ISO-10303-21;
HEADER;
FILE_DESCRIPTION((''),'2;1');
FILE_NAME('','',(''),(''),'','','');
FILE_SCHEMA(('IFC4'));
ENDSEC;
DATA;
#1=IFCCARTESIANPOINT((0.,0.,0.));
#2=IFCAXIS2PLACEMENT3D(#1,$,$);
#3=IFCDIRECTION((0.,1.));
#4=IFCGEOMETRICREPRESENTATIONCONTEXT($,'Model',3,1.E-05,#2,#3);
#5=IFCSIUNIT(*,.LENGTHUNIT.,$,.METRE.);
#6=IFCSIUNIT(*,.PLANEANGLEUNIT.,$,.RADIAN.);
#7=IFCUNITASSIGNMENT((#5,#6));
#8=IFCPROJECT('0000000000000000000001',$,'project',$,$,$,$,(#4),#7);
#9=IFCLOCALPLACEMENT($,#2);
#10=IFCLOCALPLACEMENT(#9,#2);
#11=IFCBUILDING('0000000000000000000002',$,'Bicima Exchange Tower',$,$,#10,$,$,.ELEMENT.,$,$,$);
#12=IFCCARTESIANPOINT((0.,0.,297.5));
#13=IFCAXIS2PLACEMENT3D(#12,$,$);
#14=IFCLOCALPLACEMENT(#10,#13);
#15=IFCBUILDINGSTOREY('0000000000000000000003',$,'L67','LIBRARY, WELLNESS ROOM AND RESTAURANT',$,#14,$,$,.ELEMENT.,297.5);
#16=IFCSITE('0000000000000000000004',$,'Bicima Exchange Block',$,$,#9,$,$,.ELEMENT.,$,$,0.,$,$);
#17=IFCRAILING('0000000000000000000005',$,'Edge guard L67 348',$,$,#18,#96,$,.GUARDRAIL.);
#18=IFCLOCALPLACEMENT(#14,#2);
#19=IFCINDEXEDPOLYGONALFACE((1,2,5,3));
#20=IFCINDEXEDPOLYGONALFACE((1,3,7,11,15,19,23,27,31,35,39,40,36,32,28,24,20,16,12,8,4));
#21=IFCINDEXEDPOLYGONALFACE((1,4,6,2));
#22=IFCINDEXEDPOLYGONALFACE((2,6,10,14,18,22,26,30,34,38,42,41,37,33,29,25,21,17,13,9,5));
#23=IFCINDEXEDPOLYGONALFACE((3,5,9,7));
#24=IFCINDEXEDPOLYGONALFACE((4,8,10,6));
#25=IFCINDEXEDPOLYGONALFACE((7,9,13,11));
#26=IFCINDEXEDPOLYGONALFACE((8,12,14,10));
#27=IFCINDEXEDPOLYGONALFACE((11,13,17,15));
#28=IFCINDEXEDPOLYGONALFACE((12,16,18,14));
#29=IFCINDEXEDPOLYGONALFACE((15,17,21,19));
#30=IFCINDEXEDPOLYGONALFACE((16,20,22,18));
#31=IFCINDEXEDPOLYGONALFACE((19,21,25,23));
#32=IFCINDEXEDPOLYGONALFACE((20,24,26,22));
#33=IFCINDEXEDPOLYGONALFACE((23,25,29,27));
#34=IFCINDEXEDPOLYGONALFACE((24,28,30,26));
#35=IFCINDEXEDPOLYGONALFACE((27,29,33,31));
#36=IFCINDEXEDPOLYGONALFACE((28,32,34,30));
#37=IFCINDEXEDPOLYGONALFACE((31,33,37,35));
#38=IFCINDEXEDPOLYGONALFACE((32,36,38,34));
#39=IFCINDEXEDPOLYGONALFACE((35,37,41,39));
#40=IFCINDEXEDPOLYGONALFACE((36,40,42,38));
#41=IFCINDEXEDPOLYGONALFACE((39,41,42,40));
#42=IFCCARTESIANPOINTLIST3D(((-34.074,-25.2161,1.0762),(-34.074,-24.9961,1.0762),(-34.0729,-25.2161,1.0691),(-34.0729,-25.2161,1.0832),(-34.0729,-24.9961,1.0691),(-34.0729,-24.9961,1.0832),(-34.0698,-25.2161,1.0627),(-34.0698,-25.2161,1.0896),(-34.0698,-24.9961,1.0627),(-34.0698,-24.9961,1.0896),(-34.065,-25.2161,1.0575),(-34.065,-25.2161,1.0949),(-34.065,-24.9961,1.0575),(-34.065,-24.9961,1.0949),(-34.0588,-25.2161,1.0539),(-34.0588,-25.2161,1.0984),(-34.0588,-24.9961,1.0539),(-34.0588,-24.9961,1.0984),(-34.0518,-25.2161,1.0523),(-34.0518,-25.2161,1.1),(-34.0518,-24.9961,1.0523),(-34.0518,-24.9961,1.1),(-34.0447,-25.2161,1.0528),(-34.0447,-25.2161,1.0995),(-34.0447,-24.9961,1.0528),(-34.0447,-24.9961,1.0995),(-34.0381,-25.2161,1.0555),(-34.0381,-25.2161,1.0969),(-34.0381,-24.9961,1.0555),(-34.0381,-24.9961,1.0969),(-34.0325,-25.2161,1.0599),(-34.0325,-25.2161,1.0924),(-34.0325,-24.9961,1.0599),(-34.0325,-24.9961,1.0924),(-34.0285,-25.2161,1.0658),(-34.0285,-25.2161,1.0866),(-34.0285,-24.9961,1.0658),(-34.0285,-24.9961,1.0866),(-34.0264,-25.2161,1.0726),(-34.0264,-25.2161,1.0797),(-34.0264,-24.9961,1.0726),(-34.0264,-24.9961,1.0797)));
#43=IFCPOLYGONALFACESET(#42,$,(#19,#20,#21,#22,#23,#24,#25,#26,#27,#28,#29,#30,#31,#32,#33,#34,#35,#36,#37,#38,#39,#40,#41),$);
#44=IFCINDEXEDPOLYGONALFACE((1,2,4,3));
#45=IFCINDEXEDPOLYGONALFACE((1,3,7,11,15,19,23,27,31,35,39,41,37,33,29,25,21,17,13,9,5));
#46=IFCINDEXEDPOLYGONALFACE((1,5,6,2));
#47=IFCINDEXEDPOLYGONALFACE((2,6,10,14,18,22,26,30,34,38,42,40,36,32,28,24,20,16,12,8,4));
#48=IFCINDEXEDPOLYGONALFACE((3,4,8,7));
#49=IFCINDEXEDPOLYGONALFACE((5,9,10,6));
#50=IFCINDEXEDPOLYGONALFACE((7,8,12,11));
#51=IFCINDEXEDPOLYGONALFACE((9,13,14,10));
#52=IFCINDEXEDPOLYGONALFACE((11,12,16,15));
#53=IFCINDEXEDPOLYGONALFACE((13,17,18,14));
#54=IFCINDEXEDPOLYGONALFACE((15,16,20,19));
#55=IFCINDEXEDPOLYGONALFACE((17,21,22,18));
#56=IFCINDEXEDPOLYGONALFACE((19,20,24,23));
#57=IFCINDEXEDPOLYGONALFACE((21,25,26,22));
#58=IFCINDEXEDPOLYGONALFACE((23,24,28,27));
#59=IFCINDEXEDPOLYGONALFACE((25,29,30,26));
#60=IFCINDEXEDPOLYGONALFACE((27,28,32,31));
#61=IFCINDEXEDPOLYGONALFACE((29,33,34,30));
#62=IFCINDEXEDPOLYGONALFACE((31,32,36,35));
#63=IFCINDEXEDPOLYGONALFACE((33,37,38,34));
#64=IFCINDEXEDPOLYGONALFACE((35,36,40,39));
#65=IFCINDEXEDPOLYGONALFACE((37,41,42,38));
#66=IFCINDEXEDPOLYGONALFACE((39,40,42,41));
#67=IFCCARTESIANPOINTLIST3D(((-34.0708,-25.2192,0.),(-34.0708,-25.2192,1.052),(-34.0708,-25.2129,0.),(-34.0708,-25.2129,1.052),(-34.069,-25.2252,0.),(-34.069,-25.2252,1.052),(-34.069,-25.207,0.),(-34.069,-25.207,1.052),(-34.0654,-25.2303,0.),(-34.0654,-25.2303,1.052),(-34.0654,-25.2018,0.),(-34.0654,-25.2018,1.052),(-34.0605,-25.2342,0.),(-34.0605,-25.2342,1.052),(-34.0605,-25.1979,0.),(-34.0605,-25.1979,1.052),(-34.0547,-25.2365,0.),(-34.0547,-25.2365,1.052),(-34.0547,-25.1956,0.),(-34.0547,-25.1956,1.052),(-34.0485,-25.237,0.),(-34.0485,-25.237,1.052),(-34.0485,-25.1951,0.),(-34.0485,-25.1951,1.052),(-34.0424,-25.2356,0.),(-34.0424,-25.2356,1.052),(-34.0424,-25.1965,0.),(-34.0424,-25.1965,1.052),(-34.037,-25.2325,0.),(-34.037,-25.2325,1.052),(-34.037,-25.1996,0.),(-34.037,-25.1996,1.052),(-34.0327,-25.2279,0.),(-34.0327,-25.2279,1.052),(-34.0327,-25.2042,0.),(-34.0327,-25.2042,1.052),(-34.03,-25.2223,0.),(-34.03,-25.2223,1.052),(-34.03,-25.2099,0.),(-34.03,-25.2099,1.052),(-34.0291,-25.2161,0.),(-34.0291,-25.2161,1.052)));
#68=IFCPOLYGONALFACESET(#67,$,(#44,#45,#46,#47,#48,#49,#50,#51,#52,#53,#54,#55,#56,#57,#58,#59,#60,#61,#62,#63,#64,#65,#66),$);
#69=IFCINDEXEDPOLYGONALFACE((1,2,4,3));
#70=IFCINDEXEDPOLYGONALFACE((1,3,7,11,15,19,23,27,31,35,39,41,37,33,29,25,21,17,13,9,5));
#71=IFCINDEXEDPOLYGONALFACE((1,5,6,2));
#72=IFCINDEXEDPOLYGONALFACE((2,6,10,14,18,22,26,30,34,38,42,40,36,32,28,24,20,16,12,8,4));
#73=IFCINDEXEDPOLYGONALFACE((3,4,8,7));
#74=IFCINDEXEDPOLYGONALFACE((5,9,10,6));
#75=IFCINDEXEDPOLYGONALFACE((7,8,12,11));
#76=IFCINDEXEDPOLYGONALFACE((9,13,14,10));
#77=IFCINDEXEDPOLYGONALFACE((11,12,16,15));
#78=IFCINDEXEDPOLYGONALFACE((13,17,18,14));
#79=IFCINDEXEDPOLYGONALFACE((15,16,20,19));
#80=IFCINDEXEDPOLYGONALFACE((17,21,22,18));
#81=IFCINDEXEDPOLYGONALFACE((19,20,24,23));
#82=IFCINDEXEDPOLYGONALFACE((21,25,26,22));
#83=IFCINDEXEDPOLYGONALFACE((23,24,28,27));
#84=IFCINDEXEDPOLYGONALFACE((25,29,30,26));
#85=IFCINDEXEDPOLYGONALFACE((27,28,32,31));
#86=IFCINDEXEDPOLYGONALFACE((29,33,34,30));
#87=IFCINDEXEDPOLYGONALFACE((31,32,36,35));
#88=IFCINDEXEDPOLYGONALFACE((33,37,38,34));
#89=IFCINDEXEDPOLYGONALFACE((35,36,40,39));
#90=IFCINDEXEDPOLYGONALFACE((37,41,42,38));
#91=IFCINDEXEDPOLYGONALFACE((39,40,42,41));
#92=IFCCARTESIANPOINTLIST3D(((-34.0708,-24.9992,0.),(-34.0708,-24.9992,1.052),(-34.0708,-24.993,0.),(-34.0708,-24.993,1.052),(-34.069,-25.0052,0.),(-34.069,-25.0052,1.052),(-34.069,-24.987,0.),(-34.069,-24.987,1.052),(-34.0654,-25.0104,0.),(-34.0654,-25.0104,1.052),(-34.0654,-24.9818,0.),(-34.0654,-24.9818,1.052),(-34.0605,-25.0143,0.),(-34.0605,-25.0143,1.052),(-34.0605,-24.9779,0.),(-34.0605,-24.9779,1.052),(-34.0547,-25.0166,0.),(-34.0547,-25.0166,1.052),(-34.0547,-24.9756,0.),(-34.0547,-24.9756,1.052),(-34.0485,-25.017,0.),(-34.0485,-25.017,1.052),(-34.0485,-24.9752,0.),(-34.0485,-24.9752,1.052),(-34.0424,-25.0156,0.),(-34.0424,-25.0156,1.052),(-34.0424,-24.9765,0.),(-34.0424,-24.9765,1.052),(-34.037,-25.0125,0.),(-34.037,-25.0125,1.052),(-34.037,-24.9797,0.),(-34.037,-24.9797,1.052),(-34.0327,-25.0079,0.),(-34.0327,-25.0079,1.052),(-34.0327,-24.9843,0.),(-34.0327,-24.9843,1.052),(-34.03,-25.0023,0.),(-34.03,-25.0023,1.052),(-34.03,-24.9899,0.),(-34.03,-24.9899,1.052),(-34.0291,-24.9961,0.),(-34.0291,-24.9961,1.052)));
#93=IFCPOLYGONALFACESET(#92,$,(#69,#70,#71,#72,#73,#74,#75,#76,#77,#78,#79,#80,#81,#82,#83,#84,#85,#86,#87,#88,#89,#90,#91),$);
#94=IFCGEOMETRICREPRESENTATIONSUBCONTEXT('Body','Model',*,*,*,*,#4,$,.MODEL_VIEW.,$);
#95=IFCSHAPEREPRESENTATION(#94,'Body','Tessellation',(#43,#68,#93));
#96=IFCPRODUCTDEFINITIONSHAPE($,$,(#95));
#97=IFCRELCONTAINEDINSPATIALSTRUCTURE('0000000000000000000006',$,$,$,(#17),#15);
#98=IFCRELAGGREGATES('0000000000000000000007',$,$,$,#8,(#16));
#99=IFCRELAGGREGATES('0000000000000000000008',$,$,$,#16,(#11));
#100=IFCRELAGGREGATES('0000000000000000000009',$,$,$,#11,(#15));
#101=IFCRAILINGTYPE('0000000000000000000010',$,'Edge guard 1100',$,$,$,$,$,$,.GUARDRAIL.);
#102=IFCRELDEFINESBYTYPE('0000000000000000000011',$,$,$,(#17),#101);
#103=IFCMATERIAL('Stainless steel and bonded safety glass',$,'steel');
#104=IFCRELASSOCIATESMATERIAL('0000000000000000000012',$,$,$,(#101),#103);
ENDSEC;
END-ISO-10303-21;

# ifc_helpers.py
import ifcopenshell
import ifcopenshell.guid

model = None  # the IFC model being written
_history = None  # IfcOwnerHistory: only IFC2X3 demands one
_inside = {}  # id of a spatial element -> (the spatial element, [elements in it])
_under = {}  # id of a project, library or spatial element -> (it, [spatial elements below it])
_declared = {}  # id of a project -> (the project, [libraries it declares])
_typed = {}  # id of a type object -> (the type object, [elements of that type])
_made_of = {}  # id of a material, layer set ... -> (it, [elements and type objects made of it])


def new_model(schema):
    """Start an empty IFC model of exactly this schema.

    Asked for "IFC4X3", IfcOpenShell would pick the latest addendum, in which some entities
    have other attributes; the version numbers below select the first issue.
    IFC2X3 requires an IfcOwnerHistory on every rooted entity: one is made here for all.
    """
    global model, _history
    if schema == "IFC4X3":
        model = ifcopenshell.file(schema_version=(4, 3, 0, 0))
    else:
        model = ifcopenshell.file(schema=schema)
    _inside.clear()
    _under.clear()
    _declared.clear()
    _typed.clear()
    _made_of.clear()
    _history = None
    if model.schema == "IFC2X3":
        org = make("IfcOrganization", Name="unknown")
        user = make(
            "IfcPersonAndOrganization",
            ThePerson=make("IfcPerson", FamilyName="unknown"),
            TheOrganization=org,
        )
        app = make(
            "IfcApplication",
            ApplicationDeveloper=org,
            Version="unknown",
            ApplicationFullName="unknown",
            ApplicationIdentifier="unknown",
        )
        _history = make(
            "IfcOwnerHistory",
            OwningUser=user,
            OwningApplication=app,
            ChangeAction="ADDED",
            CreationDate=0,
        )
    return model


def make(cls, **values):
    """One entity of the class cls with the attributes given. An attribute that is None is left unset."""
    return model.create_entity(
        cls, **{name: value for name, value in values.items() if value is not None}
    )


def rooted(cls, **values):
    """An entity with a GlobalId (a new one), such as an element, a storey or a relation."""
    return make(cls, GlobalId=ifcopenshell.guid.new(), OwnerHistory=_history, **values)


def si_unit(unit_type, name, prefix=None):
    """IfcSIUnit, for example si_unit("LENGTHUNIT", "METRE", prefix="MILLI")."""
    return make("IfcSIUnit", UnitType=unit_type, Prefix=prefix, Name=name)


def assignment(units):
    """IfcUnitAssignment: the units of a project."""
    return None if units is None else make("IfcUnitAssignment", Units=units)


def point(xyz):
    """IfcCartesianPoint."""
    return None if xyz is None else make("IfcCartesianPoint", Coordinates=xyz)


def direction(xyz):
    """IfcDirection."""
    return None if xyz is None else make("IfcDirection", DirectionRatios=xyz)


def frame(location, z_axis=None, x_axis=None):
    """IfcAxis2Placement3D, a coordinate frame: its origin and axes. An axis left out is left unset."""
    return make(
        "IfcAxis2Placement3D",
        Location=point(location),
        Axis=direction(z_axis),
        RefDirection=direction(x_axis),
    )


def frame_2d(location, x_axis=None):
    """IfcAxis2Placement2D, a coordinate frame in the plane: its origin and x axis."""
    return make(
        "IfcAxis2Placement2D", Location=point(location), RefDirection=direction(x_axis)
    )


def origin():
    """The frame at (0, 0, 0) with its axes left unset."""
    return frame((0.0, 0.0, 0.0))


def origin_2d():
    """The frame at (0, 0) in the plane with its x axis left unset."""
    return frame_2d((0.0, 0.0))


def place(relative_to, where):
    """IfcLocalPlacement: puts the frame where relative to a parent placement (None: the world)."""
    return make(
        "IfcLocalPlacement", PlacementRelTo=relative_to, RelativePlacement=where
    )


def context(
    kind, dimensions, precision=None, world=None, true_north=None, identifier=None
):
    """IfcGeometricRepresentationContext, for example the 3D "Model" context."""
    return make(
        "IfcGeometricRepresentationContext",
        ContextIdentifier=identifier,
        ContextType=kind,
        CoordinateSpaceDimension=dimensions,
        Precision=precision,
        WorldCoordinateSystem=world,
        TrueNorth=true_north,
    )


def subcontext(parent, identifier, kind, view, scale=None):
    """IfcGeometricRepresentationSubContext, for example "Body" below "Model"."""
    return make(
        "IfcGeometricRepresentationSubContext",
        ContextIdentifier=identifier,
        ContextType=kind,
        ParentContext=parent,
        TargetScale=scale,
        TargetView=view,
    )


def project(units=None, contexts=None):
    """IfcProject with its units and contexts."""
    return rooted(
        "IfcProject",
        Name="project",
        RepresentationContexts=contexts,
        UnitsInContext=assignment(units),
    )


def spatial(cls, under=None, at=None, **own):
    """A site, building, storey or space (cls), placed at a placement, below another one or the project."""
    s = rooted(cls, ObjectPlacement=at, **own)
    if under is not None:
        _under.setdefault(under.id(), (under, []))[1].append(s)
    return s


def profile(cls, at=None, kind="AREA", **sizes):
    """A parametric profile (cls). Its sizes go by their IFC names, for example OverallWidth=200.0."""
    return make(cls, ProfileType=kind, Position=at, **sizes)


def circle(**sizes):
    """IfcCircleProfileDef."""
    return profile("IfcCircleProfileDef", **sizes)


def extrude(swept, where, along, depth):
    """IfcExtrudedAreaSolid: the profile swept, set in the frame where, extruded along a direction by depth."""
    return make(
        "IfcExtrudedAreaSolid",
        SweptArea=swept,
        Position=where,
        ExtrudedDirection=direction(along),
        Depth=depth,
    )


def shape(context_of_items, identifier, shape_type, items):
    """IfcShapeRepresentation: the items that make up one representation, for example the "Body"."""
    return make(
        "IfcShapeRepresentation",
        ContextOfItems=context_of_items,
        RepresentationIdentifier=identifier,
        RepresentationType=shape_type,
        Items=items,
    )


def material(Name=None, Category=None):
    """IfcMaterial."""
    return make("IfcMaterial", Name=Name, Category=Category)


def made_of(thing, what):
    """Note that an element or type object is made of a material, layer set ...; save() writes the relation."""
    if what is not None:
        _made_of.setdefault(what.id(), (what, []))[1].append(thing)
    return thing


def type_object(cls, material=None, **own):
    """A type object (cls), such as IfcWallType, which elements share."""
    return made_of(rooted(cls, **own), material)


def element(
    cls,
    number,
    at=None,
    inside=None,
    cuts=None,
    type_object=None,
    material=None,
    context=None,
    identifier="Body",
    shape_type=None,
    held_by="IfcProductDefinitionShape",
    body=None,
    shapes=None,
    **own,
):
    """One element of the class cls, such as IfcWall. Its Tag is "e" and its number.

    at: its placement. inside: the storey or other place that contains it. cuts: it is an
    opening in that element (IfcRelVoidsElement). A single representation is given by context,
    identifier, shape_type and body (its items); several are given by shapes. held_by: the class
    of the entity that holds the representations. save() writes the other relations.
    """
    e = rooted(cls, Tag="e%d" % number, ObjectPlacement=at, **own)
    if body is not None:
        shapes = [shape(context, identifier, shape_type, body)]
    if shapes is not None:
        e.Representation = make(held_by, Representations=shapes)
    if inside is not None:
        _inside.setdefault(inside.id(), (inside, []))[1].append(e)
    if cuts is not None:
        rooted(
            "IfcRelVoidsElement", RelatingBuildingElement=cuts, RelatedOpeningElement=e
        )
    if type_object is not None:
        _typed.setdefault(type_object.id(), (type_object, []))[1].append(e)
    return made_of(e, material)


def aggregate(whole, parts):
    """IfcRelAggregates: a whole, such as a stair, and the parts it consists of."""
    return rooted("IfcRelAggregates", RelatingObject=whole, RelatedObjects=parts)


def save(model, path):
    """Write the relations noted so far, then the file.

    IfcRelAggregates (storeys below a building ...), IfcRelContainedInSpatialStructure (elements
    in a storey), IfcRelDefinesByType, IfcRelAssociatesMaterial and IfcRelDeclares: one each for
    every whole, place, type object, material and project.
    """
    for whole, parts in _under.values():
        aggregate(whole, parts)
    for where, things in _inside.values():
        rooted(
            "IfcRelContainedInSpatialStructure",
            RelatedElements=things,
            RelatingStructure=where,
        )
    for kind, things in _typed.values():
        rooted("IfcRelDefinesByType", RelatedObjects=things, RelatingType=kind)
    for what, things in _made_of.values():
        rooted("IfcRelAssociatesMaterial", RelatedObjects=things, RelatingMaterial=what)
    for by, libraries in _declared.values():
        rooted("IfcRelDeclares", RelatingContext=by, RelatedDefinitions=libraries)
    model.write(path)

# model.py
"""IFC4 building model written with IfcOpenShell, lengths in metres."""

from ifc_helpers import new_model, si_unit, direction, frame, origin, origin_2d, place, context, subcontext, project, spatial, circle, extrude, material, type_object, element, save


model = new_model("IFC4")

# Units and contexts
model_context = context("Model", 3, precision=1e-05, world=origin(), true_north=direction((0.0, 1.0)))
body_context = subcontext(model_context, "Body", "Model", "MODEL_VIEW")
ifc_project = project(units=[si_unit("LENGTHUNIT", "METRE"), si_unit("PLANEANGLEUNIT", "RADIAN")], contexts=[model_context])

# Site, building, storey
site_placement = place(None, origin())
site = spatial("IfcSite", under=ifc_project, at=site_placement, Name="Bicima Exchange Block", CompositionType="ELEMENT", RefElevation=0.0)
building_placement = place(site_placement, origin())
building = spatial("IfcBuilding", under=site, at=building_placement, Name="Bicima Exchange Tower", CompositionType="ELEMENT")
storey_placement = place(building_placement, frame((0.0, 0.0, 297.5)))
storey = spatial("IfcBuildingStorey", under=building, at=storey_placement, Name="L67", Description="LIBRARY, WELLNESS ROOM AND RESTAURANT", CompositionType="ELEMENT", Elevation=297.5)

# Railing
ifc_material_1 = material(Name="Stainless steel and bonded safety glass", Category="steel")
railing_type = type_object("IfcRailingType", Name="Edge guard 1100", PredefinedType="GUARDRAIL", material=ifc_material_1)
railing_1_placement = place(storey_placement, frame((-34.05, -25.2161, 0.0)))
element("IfcRailing", 1, at=railing_1_placement, inside=storey, type_object=railing_type, Name="Edge guard L67 348", PredefinedType="GUARDRAIL", context=body_context, shape_type="SweptSolid", body=[
    extrude(circle(Radius=0.0239, at=origin_2d()), frame((0.0, 0.0, 1.0762), z_axis=(0.0, 1.0, 0.0), x_axis=(-1.0, 0.0, 0.0)), (0.0, 0.0, 1.0), 0.22),
    extrude(circle(Radius=0.021, at=origin_2d()), origin(), (0.0, 0.0, 1.0), 1.052),
    extrude(circle(Radius=0.021, at=origin_2d()), frame((0.0, 0.22, 0.0)), (0.0, 0.0, 1.0), 1.052),
])

save(model, "model.ifc")
